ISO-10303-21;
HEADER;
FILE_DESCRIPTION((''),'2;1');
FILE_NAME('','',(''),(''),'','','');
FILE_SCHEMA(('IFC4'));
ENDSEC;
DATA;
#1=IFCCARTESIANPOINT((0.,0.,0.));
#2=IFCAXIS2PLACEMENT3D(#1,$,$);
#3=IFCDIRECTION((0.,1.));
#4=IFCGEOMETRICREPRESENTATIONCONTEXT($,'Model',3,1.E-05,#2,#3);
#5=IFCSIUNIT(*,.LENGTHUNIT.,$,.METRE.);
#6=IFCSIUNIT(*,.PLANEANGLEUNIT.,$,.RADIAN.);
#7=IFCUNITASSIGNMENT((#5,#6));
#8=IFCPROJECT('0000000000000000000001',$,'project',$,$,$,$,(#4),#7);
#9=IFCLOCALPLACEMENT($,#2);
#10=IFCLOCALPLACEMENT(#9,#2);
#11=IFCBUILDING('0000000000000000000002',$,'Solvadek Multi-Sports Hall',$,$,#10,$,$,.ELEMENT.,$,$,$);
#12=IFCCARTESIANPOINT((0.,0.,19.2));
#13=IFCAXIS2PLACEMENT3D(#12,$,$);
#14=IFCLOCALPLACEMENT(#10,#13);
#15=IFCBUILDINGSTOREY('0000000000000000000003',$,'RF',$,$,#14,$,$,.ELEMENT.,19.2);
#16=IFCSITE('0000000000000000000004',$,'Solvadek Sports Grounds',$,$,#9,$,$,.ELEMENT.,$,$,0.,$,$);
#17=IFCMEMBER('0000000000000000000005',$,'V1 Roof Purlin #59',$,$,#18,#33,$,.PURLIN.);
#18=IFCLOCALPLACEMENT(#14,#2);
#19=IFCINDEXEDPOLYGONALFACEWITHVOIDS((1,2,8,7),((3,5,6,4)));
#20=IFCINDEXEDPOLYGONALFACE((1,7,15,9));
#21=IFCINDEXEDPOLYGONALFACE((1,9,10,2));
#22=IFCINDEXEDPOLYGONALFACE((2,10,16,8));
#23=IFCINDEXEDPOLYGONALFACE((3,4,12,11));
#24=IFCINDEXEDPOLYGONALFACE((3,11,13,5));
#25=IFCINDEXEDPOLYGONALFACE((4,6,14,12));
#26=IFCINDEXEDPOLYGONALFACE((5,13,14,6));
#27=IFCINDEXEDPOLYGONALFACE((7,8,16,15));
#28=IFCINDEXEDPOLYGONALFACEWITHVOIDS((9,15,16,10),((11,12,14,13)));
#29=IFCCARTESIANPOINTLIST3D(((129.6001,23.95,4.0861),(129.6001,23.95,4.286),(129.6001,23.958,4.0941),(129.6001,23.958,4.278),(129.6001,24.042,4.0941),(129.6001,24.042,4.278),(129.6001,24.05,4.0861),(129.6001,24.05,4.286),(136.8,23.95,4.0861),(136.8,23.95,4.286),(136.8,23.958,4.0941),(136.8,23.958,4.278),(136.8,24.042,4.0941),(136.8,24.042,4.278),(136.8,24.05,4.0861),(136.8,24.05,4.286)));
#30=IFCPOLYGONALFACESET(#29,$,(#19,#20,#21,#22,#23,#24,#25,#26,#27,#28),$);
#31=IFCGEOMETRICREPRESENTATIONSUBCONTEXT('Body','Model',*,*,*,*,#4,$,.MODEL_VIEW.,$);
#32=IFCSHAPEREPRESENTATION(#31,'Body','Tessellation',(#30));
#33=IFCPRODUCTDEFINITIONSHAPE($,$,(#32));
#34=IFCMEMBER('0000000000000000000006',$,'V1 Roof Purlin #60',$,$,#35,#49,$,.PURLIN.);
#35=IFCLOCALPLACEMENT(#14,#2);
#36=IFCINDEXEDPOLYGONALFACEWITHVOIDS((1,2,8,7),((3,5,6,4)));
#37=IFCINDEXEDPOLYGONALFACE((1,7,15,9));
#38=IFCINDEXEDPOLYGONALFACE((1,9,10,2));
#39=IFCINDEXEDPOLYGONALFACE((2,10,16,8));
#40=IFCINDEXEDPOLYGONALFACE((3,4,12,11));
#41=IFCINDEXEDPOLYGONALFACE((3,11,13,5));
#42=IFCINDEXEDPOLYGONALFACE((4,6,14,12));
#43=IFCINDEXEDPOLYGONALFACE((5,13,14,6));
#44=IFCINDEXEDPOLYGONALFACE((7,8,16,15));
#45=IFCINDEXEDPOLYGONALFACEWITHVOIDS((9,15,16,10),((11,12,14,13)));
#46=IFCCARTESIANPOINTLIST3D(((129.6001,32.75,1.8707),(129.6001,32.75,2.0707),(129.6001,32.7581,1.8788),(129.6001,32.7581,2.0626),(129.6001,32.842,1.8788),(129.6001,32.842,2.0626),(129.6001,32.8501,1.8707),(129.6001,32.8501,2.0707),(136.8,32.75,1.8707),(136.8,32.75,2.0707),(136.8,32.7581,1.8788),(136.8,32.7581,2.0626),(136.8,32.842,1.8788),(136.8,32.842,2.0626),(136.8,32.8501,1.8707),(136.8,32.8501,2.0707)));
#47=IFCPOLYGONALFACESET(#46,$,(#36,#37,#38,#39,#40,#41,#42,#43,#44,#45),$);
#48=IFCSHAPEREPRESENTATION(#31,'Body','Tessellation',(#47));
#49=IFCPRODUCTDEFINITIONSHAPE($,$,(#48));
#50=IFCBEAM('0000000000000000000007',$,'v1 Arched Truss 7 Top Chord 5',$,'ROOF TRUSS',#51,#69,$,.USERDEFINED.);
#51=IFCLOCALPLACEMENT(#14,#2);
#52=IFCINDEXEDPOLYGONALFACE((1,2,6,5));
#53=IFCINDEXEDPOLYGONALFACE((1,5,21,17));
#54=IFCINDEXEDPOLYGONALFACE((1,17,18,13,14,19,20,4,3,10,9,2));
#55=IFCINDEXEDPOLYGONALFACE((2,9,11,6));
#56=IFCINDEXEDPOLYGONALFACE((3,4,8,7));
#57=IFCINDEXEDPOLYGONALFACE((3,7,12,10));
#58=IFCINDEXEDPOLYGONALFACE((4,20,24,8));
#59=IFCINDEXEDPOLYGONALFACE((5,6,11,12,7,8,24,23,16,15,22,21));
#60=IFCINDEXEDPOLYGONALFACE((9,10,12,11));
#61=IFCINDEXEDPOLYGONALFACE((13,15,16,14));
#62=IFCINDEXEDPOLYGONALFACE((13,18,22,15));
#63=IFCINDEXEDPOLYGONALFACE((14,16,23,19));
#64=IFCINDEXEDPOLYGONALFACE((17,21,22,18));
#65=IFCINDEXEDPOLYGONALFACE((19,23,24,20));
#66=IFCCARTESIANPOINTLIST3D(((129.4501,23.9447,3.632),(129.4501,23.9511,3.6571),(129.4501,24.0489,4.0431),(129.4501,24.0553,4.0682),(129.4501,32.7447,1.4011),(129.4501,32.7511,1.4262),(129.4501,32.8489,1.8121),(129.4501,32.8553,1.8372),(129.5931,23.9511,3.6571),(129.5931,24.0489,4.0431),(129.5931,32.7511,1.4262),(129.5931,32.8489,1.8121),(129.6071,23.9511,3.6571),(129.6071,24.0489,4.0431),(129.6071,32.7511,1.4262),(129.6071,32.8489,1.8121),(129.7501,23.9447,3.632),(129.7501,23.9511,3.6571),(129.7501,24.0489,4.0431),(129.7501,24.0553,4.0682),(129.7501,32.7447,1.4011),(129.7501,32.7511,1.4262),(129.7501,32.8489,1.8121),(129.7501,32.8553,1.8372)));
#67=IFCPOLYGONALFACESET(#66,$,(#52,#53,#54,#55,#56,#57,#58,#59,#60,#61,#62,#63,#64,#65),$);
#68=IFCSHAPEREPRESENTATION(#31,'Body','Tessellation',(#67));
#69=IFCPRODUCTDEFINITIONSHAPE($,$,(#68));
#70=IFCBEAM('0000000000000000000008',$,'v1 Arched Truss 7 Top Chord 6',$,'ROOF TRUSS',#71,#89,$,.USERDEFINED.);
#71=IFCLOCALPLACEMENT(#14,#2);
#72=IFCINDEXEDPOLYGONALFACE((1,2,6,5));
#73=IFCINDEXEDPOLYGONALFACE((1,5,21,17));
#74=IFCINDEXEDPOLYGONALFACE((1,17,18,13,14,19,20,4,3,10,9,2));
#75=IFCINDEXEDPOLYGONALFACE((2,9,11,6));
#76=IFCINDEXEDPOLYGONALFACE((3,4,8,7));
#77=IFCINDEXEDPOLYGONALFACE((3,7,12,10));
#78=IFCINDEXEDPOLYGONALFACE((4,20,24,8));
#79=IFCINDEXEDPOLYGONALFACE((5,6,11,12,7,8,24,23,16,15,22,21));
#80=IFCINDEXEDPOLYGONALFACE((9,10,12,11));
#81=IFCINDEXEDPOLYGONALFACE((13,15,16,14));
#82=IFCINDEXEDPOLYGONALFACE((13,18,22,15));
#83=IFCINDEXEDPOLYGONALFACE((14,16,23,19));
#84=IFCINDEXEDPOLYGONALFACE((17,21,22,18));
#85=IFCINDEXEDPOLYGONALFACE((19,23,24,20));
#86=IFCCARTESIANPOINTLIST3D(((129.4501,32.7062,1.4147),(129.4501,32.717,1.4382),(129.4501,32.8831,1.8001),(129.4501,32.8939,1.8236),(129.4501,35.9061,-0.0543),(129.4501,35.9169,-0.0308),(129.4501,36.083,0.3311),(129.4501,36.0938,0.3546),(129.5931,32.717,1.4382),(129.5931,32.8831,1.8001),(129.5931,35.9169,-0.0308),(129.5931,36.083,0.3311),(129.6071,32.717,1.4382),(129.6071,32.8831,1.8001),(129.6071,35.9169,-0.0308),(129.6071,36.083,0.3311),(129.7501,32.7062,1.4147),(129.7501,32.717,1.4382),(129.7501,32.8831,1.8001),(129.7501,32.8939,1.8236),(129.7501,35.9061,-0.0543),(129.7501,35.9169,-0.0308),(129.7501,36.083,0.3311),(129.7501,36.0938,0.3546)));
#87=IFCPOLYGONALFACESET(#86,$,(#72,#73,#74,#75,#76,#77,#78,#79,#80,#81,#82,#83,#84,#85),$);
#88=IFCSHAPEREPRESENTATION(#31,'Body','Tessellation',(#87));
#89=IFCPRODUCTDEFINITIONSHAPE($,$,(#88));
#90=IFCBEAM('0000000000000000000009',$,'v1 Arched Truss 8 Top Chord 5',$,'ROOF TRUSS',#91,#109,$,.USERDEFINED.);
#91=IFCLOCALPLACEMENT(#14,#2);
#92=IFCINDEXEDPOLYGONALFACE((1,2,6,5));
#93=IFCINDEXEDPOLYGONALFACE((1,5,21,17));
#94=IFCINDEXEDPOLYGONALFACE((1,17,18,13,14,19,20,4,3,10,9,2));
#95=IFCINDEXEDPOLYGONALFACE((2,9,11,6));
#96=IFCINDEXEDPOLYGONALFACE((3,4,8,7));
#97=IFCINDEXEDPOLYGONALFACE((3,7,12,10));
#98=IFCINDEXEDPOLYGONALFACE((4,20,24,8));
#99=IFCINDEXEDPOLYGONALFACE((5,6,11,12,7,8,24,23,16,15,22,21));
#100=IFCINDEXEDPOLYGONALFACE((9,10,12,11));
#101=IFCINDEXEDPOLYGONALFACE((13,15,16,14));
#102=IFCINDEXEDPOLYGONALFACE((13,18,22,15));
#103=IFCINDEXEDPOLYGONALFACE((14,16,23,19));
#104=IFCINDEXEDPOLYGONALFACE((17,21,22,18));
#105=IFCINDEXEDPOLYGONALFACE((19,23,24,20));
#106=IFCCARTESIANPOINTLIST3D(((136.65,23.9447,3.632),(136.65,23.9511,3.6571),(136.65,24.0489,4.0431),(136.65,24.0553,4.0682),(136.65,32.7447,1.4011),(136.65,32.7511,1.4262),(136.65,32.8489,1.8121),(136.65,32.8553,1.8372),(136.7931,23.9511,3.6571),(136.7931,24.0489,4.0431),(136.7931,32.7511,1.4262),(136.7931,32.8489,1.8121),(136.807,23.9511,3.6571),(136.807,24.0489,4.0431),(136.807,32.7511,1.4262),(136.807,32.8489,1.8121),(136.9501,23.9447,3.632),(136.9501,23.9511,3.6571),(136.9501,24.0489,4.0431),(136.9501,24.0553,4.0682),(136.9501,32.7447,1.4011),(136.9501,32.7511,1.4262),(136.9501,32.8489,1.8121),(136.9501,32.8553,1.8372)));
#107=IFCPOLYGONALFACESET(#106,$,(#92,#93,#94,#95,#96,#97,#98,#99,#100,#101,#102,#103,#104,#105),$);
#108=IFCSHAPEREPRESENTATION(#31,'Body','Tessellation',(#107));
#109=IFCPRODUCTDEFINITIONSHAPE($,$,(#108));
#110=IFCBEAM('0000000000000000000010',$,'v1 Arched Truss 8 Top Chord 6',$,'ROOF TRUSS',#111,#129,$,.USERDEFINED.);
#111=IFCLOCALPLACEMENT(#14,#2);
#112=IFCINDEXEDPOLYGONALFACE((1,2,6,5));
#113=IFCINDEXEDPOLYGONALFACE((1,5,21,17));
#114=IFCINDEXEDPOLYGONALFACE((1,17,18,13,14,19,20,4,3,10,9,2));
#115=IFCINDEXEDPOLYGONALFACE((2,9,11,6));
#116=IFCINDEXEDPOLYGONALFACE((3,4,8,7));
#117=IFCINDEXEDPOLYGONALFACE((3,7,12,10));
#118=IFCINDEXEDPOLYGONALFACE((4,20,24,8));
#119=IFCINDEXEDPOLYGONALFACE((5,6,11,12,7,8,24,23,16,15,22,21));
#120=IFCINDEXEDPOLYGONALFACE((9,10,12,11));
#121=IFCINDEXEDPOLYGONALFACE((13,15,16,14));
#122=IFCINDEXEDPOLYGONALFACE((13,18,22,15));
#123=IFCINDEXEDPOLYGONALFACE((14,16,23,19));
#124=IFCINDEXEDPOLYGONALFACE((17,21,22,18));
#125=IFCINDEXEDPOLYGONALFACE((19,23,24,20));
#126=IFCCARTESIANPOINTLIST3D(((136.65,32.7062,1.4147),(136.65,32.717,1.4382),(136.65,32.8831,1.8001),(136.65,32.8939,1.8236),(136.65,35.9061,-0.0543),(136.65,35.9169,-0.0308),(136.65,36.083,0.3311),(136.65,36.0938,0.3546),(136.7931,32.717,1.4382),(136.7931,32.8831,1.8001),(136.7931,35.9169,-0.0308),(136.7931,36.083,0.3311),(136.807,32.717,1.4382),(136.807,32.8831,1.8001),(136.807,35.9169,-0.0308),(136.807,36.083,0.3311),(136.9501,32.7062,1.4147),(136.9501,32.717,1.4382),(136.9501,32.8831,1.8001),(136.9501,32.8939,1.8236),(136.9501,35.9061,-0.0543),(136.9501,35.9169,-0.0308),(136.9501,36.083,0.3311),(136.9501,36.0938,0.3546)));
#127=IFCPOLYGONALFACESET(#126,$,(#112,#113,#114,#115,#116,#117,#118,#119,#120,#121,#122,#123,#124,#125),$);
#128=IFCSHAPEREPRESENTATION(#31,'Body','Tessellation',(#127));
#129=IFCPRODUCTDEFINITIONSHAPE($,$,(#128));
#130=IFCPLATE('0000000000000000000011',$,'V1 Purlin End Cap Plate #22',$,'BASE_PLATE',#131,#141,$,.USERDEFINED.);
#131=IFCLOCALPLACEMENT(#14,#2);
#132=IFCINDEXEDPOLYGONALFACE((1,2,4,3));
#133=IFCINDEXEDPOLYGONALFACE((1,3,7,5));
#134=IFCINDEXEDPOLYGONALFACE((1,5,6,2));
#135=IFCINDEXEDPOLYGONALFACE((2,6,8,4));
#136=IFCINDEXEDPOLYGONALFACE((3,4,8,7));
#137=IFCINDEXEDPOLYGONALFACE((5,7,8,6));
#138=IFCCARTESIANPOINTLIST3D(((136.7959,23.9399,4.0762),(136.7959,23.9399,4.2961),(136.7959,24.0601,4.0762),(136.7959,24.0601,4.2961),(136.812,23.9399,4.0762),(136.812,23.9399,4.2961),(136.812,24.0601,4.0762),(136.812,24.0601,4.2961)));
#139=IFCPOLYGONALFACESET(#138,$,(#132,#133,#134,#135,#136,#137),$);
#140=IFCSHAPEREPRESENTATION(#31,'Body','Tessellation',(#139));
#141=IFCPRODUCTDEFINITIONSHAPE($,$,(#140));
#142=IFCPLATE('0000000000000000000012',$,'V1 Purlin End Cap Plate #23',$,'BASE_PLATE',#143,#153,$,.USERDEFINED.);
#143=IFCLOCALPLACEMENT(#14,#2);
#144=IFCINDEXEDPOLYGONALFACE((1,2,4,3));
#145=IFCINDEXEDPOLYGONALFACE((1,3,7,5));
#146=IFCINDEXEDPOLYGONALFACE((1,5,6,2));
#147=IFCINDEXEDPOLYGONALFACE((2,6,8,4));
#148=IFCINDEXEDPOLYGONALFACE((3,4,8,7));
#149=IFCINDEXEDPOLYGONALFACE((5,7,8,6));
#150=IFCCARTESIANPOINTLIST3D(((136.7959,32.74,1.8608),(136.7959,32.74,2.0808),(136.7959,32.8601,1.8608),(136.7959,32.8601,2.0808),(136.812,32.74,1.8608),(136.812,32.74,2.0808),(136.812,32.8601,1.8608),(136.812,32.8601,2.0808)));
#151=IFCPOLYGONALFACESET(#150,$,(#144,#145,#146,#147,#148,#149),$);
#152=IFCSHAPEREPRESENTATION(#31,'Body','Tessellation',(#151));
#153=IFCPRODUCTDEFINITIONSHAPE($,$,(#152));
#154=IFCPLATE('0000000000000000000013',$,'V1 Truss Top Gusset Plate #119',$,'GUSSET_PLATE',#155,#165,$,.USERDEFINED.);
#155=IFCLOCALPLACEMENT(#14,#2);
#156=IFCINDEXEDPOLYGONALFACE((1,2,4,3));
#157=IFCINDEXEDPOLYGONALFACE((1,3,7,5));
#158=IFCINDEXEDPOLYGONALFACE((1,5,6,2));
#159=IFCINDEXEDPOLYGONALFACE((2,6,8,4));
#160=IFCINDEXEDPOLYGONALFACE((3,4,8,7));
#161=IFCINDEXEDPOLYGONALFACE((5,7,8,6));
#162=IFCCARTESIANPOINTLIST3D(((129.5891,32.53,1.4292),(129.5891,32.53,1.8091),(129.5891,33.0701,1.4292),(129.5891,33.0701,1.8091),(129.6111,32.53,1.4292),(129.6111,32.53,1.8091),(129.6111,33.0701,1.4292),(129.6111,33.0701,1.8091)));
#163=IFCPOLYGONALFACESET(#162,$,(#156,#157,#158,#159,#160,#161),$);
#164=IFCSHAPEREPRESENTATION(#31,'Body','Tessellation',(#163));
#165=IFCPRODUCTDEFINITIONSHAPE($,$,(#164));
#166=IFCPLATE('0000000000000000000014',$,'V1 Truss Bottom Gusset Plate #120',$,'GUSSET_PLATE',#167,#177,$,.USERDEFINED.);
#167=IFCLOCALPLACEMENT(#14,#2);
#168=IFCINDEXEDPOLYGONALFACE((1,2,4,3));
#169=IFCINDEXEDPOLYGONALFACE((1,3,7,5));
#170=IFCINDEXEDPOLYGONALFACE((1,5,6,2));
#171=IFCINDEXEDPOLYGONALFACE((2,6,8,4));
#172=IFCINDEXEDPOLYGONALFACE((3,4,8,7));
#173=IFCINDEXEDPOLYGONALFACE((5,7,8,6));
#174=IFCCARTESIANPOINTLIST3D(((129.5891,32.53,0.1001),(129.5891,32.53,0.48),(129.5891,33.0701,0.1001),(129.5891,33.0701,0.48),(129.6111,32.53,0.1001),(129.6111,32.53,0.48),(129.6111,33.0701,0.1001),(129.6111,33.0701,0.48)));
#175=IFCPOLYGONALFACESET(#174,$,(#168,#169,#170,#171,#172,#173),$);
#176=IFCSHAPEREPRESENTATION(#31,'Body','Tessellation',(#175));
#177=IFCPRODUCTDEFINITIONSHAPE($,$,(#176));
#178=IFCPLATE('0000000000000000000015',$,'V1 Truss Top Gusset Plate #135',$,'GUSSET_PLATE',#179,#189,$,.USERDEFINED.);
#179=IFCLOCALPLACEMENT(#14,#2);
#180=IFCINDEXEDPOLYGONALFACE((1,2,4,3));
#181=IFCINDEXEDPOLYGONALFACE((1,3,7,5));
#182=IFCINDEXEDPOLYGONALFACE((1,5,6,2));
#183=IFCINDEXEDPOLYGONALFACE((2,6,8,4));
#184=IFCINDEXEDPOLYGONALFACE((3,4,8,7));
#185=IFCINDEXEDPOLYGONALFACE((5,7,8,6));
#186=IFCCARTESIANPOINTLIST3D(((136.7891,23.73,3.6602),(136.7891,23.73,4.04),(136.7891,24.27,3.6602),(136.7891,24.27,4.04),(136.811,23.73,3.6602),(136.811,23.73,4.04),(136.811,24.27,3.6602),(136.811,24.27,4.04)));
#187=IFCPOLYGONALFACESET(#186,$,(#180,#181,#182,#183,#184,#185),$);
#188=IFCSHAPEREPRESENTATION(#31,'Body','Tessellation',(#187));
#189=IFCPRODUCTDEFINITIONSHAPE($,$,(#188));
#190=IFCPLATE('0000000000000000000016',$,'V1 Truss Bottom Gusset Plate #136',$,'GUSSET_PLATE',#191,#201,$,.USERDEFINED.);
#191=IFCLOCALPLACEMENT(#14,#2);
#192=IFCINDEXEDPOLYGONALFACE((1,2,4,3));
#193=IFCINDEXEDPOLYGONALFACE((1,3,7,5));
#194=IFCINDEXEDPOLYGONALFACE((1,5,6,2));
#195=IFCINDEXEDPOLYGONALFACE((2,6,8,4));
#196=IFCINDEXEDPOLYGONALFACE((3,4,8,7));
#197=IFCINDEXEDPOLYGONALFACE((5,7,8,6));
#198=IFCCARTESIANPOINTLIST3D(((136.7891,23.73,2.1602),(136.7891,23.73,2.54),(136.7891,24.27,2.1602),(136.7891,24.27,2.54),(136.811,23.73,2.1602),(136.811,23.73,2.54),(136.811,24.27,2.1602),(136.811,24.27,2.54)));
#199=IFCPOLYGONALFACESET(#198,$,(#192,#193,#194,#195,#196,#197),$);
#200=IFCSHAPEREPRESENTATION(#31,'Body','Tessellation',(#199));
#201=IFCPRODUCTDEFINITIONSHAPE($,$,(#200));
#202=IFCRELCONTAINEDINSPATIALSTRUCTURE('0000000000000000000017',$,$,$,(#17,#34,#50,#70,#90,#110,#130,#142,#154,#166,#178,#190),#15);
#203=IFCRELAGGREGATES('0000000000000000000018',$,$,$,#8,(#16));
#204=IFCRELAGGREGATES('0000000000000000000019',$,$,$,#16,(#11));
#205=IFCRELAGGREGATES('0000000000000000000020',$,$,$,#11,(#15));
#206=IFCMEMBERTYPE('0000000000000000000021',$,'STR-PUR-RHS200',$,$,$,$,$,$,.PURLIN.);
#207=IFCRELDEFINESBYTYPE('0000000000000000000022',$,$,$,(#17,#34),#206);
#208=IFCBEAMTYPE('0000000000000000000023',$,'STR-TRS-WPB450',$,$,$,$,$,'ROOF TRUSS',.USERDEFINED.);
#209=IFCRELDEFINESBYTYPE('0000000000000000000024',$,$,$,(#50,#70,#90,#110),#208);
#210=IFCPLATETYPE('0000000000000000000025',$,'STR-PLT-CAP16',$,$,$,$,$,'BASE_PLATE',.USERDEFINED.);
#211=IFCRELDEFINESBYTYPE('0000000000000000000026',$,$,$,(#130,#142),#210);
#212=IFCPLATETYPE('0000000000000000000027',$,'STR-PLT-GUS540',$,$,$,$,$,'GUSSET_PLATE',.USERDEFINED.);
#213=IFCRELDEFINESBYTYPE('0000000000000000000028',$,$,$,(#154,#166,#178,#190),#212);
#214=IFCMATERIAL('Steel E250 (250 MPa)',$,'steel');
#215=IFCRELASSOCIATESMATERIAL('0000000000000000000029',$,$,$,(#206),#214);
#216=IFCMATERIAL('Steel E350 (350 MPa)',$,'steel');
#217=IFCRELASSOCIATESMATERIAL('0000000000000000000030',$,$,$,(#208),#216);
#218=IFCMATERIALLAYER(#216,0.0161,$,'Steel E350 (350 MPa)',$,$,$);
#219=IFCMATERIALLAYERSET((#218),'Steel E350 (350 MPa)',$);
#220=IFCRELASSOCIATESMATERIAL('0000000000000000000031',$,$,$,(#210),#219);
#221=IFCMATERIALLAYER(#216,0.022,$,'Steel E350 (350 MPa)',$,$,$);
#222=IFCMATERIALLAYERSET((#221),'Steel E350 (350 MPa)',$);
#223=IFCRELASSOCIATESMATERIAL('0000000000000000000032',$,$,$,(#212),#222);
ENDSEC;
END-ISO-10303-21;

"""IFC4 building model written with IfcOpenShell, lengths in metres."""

from ifc_helpers import new_model, si_unit, direction, frame, origin, origin_2d, place, context, subcontext, project, spatial, rectangle, hollow_rectangle, i_section, extrude, material, layer, layer_set, material_profile, profile_set, type_object, element, save


model = new_model("IFC4")

# Units and contexts
model_context = context("Model", 3, precision=1e-05, world=origin(), true_north=direction((0.0, 1.0)))
body_context = subcontext(model_context, "Body", "Model", "MODEL_VIEW")
ifc_project = project(units=[si_unit("LENGTHUNIT", "METRE"), si_unit("PLANEANGLEUNIT", "RADIAN")], contexts=[model_context])

# Site, building, storey
site_placement = place(None, origin())
site = spatial("IfcSite", under=ifc_project, at=site_placement, Name="Solvadek Sports Grounds", CompositionType="ELEMENT", RefElevation=0.0)
building_placement = place(site_placement, origin())
building = spatial("IfcBuilding", under=site, at=building_placement, Name="Solvadek Multi-Sports Hall", CompositionType="ELEMENT")
storey_placement = place(building_placement, frame((0.0, 0.0, 19.2)))
storey = spatial("IfcBuildingStorey", under=building, at=storey_placement, Name="RF", CompositionType="ELEMENT", Elevation=19.2)

# Members
ifc_material_1 = material(Name="Steel E350 (350 MPa)", Category="steel")
ifc_material_2 = material(Name="Steel E250 (250 MPa)", Category="steel")
ifc_material_profile_1 = material_profile(ifc_material_2, hollow_rectangle(XDim=0.1001, YDim=0.2, WallThickness=0.0081, at=origin_2d()), Name="RHS 200x100x8")
ifc_profile_set_1 = profile_set([ifc_material_profile_1], Name="Steel E250 (250 MPa)")
member_type_1 = type_object("IfcMemberType", Name="STR-PUR-RHS200", PredefinedType="PURLIN", material=ifc_profile_set_1)
for number, where, z_axis, x_axis, name in (
    (1, (129.6001, 24.0, 4.186), (1.0, 0.0, 0.0), (0.0, 1.0, 0.0), "V1 Roof Purlin #59"),
    (2, (129.6001, 32.8, 1.9707), (1.0, 0.0, 0.0), (0.0, 1.0, 0.0), "V1 Roof Purlin #60"),
):
    element("IfcMember", number, at=place(storey_placement, frame(where, z_axis=z_axis, x_axis=x_axis)), inside=storey, type_object=member_type_1, Name=name, PredefinedType="PURLIN", context=body_context, shape_type="SweptSolid", body=[
        extrude(hollow_rectangle(XDim=0.1001, YDim=0.2, WallThickness=0.0081, at=origin_2d()), origin(), (0.0, 0.0, 1.0), 7.2),
    ])

# Beams
ifc_material_profile_2 = material_profile(ifc_material_1, i_section(OverallWidth=0.3, OverallDepth=0.45, WebThickness=0.0139, FlangeThickness=0.0259, at=origin_2d()), Name="WPB 450")
ifc_profile_set_2 = profile_set([ifc_material_profile_2], Name="Steel E350 (350 MPa)")
beam_type = type_object("IfcBeamType", Name="STR-TRS-WPB450", ElementType="ROOF TRUSS", PredefinedType="USERDEFINED", material=ifc_profile_set_2)
beam_1_placement = place(storey_placement, frame((129.6001, 24.0, 3.8501), z_axis=(0.0, 0.969335, -0.245742), x_axis=(-1.0, 0.0, 0.0)))
element("IfcBeam", 3, at=beam_1_placement, inside=storey, type_object=beam_type, Name="v1 Arched Truss 7 Top Chord 5", ObjectType="ROOF TRUSS", PredefinedType="USERDEFINED", context=body_context, shape_type="SweptSolid", body=[
    extrude(i_section(OverallWidth=0.3, OverallDepth=0.45, WebThickness=0.0139, FlangeThickness=0.0259, at=origin_2d()), origin(), (0.0, 0.0, 1.0), 9.0784),
])
beam_2_placement = place(storey_placement, frame((129.6001, 32.8, 1.6191), z_axis=(0.0, 0.908812, -0.417206), x_axis=(-1.0, 0.0, 0.0)))
element("IfcBeam", 4, at=beam_2_placement, inside=storey, type_object=beam_type, Name="v1 Arched Truss 7 Top Chord 6", ObjectType="ROOF TRUSS", PredefinedType="USERDEFINED", context=body_context, shape_type="SweptSolid", body=[
    extrude(i_section(OverallWidth=0.3, OverallDepth=0.45, WebThickness=0.0139, FlangeThickness=0.0259, at=origin_2d()), origin(), (0.0, 0.0, 1.0), 3.521),
])
beam_3_placement = place(storey_placement, frame((136.8, 24.0, 3.8501), z_axis=(0.0, 0.969335, -0.245742), x_axis=(-1.0, 0.0, 0.0)))
element("IfcBeam", 5, at=beam_3_placement, inside=storey, type_object=beam_type, Name="v1 Arched Truss 8 Top Chord 5", ObjectType="ROOF TRUSS", PredefinedType="USERDEFINED", context=body_context, shape_type="SweptSolid", body=[
    extrude(i_section(OverallWidth=0.3, OverallDepth=0.45, WebThickness=0.0139, FlangeThickness=0.0259, at=origin_2d()), origin(), (0.0, 0.0, 1.0), 9.0784),
])
beam_4_placement = place(storey_placement, frame((136.8, 32.8, 1.6191), z_axis=(0.0, 0.908812, -0.417206), x_axis=(-1.0, 0.0, 0.0)))
element("IfcBeam", 6, at=beam_4_placement, inside=storey, type_object=beam_type, Name="v1 Arched Truss 8 Top Chord 6", ObjectType="ROOF TRUSS", PredefinedType="USERDEFINED", context=body_context, shape_type="SweptSolid", body=[
    extrude(i_section(OverallWidth=0.3, OverallDepth=0.45, WebThickness=0.0139, FlangeThickness=0.0259, at=origin_2d()), origin(), (0.0, 0.0, 1.0), 3.521),
])

# Plates
ifc_layer_1 = layer(ifc_material_1, 0.0161, Name="Steel E350 (350 MPa)")
ifc_layer_set_1 = layer_set([ifc_layer_1], Name="Steel E350 (350 MPa)")
plate_type_1 = type_object("IfcPlateType", Name="STR-PLT-CAP16", ElementType="BASE_PLATE", PredefinedType="USERDEFINED", material=ifc_layer_set_1)
for number, where, z_axis, x_axis, name in (
    (7, (136.804, 24.0, 4.0762), (0.0, 0.0, 1.0), (1.0, 0.0, 0.0), "V1 Purlin End Cap Plate #22"),
    (8, (136.804, 32.8, 1.8608), (0.0, 0.0, 1.0), (1.0, 0.0, 0.0), "V1 Purlin End Cap Plate #23"),
):
    element("IfcPlate", number, at=place(storey_placement, frame(where, z_axis=z_axis, x_axis=x_axis)), inside=storey, type_object=plate_type_1, Name=name, ObjectType="BASE_PLATE", PredefinedType="USERDEFINED", context=body_context, shape_type="SweptSolid", body=[
        extrude(rectangle(XDim=0.0161, YDim=0.1201, at=origin_2d()), origin(), (0.0, 0.0, 1.0), 0.22),
    ])
ifc_layer_2 = layer(ifc_material_1, 0.022, Name="Steel E350 (350 MPa)")
ifc_layer_set_2 = layer_set([ifc_layer_2], Name="Steel E350 (350 MPa)")
plate_type_2 = type_object("IfcPlateType", Name="STR-PLT-GUS540", ElementType="GUSSET_PLATE", PredefinedType="USERDEFINED", material=ifc_layer_set_2)
for number, where, z_axis, x_axis, name in (
    (9, (129.6001, 32.8, 1.4292), (0.0, 0.0, 1.0), (0.0, 1.0, 0.0), "V1 Truss Top Gusset Plate #119"),
    (10, (129.6001, 32.8, 0.1001), (0.0, 0.0, 1.0), (0.0, 1.0, 0.0), "V1 Truss Bottom Gusset Plate #120"),
    (11, (136.8, 24.0, 3.6602), (0.0, 0.0, 1.0), (0.0, 1.0, 0.0), "V1 Truss Top Gusset Plate #135"),
    (12, (136.8, 24.0, 2.1602), (0.0, 0.0, 1.0), (0.0, 1.0, 0.0), "V1 Truss Bottom Gusset Plate #136"),
):
    element("IfcPlate", number, at=place(storey_placement, frame(where, z_axis=z_axis, x_axis=x_axis)), inside=storey, type_object=plate_type_2, Name=name, ObjectType="GUSSET_PLATE", PredefinedType="USERDEFINED", context=body_context, shape_type="SweptSolid", body=[
        extrude(rectangle(XDim=0.54, YDim=0.022, at=origin_2d()), origin(), (0.0, 0.0, 1.0), 0.3799),
    ])

save(model, "model.ifc")
